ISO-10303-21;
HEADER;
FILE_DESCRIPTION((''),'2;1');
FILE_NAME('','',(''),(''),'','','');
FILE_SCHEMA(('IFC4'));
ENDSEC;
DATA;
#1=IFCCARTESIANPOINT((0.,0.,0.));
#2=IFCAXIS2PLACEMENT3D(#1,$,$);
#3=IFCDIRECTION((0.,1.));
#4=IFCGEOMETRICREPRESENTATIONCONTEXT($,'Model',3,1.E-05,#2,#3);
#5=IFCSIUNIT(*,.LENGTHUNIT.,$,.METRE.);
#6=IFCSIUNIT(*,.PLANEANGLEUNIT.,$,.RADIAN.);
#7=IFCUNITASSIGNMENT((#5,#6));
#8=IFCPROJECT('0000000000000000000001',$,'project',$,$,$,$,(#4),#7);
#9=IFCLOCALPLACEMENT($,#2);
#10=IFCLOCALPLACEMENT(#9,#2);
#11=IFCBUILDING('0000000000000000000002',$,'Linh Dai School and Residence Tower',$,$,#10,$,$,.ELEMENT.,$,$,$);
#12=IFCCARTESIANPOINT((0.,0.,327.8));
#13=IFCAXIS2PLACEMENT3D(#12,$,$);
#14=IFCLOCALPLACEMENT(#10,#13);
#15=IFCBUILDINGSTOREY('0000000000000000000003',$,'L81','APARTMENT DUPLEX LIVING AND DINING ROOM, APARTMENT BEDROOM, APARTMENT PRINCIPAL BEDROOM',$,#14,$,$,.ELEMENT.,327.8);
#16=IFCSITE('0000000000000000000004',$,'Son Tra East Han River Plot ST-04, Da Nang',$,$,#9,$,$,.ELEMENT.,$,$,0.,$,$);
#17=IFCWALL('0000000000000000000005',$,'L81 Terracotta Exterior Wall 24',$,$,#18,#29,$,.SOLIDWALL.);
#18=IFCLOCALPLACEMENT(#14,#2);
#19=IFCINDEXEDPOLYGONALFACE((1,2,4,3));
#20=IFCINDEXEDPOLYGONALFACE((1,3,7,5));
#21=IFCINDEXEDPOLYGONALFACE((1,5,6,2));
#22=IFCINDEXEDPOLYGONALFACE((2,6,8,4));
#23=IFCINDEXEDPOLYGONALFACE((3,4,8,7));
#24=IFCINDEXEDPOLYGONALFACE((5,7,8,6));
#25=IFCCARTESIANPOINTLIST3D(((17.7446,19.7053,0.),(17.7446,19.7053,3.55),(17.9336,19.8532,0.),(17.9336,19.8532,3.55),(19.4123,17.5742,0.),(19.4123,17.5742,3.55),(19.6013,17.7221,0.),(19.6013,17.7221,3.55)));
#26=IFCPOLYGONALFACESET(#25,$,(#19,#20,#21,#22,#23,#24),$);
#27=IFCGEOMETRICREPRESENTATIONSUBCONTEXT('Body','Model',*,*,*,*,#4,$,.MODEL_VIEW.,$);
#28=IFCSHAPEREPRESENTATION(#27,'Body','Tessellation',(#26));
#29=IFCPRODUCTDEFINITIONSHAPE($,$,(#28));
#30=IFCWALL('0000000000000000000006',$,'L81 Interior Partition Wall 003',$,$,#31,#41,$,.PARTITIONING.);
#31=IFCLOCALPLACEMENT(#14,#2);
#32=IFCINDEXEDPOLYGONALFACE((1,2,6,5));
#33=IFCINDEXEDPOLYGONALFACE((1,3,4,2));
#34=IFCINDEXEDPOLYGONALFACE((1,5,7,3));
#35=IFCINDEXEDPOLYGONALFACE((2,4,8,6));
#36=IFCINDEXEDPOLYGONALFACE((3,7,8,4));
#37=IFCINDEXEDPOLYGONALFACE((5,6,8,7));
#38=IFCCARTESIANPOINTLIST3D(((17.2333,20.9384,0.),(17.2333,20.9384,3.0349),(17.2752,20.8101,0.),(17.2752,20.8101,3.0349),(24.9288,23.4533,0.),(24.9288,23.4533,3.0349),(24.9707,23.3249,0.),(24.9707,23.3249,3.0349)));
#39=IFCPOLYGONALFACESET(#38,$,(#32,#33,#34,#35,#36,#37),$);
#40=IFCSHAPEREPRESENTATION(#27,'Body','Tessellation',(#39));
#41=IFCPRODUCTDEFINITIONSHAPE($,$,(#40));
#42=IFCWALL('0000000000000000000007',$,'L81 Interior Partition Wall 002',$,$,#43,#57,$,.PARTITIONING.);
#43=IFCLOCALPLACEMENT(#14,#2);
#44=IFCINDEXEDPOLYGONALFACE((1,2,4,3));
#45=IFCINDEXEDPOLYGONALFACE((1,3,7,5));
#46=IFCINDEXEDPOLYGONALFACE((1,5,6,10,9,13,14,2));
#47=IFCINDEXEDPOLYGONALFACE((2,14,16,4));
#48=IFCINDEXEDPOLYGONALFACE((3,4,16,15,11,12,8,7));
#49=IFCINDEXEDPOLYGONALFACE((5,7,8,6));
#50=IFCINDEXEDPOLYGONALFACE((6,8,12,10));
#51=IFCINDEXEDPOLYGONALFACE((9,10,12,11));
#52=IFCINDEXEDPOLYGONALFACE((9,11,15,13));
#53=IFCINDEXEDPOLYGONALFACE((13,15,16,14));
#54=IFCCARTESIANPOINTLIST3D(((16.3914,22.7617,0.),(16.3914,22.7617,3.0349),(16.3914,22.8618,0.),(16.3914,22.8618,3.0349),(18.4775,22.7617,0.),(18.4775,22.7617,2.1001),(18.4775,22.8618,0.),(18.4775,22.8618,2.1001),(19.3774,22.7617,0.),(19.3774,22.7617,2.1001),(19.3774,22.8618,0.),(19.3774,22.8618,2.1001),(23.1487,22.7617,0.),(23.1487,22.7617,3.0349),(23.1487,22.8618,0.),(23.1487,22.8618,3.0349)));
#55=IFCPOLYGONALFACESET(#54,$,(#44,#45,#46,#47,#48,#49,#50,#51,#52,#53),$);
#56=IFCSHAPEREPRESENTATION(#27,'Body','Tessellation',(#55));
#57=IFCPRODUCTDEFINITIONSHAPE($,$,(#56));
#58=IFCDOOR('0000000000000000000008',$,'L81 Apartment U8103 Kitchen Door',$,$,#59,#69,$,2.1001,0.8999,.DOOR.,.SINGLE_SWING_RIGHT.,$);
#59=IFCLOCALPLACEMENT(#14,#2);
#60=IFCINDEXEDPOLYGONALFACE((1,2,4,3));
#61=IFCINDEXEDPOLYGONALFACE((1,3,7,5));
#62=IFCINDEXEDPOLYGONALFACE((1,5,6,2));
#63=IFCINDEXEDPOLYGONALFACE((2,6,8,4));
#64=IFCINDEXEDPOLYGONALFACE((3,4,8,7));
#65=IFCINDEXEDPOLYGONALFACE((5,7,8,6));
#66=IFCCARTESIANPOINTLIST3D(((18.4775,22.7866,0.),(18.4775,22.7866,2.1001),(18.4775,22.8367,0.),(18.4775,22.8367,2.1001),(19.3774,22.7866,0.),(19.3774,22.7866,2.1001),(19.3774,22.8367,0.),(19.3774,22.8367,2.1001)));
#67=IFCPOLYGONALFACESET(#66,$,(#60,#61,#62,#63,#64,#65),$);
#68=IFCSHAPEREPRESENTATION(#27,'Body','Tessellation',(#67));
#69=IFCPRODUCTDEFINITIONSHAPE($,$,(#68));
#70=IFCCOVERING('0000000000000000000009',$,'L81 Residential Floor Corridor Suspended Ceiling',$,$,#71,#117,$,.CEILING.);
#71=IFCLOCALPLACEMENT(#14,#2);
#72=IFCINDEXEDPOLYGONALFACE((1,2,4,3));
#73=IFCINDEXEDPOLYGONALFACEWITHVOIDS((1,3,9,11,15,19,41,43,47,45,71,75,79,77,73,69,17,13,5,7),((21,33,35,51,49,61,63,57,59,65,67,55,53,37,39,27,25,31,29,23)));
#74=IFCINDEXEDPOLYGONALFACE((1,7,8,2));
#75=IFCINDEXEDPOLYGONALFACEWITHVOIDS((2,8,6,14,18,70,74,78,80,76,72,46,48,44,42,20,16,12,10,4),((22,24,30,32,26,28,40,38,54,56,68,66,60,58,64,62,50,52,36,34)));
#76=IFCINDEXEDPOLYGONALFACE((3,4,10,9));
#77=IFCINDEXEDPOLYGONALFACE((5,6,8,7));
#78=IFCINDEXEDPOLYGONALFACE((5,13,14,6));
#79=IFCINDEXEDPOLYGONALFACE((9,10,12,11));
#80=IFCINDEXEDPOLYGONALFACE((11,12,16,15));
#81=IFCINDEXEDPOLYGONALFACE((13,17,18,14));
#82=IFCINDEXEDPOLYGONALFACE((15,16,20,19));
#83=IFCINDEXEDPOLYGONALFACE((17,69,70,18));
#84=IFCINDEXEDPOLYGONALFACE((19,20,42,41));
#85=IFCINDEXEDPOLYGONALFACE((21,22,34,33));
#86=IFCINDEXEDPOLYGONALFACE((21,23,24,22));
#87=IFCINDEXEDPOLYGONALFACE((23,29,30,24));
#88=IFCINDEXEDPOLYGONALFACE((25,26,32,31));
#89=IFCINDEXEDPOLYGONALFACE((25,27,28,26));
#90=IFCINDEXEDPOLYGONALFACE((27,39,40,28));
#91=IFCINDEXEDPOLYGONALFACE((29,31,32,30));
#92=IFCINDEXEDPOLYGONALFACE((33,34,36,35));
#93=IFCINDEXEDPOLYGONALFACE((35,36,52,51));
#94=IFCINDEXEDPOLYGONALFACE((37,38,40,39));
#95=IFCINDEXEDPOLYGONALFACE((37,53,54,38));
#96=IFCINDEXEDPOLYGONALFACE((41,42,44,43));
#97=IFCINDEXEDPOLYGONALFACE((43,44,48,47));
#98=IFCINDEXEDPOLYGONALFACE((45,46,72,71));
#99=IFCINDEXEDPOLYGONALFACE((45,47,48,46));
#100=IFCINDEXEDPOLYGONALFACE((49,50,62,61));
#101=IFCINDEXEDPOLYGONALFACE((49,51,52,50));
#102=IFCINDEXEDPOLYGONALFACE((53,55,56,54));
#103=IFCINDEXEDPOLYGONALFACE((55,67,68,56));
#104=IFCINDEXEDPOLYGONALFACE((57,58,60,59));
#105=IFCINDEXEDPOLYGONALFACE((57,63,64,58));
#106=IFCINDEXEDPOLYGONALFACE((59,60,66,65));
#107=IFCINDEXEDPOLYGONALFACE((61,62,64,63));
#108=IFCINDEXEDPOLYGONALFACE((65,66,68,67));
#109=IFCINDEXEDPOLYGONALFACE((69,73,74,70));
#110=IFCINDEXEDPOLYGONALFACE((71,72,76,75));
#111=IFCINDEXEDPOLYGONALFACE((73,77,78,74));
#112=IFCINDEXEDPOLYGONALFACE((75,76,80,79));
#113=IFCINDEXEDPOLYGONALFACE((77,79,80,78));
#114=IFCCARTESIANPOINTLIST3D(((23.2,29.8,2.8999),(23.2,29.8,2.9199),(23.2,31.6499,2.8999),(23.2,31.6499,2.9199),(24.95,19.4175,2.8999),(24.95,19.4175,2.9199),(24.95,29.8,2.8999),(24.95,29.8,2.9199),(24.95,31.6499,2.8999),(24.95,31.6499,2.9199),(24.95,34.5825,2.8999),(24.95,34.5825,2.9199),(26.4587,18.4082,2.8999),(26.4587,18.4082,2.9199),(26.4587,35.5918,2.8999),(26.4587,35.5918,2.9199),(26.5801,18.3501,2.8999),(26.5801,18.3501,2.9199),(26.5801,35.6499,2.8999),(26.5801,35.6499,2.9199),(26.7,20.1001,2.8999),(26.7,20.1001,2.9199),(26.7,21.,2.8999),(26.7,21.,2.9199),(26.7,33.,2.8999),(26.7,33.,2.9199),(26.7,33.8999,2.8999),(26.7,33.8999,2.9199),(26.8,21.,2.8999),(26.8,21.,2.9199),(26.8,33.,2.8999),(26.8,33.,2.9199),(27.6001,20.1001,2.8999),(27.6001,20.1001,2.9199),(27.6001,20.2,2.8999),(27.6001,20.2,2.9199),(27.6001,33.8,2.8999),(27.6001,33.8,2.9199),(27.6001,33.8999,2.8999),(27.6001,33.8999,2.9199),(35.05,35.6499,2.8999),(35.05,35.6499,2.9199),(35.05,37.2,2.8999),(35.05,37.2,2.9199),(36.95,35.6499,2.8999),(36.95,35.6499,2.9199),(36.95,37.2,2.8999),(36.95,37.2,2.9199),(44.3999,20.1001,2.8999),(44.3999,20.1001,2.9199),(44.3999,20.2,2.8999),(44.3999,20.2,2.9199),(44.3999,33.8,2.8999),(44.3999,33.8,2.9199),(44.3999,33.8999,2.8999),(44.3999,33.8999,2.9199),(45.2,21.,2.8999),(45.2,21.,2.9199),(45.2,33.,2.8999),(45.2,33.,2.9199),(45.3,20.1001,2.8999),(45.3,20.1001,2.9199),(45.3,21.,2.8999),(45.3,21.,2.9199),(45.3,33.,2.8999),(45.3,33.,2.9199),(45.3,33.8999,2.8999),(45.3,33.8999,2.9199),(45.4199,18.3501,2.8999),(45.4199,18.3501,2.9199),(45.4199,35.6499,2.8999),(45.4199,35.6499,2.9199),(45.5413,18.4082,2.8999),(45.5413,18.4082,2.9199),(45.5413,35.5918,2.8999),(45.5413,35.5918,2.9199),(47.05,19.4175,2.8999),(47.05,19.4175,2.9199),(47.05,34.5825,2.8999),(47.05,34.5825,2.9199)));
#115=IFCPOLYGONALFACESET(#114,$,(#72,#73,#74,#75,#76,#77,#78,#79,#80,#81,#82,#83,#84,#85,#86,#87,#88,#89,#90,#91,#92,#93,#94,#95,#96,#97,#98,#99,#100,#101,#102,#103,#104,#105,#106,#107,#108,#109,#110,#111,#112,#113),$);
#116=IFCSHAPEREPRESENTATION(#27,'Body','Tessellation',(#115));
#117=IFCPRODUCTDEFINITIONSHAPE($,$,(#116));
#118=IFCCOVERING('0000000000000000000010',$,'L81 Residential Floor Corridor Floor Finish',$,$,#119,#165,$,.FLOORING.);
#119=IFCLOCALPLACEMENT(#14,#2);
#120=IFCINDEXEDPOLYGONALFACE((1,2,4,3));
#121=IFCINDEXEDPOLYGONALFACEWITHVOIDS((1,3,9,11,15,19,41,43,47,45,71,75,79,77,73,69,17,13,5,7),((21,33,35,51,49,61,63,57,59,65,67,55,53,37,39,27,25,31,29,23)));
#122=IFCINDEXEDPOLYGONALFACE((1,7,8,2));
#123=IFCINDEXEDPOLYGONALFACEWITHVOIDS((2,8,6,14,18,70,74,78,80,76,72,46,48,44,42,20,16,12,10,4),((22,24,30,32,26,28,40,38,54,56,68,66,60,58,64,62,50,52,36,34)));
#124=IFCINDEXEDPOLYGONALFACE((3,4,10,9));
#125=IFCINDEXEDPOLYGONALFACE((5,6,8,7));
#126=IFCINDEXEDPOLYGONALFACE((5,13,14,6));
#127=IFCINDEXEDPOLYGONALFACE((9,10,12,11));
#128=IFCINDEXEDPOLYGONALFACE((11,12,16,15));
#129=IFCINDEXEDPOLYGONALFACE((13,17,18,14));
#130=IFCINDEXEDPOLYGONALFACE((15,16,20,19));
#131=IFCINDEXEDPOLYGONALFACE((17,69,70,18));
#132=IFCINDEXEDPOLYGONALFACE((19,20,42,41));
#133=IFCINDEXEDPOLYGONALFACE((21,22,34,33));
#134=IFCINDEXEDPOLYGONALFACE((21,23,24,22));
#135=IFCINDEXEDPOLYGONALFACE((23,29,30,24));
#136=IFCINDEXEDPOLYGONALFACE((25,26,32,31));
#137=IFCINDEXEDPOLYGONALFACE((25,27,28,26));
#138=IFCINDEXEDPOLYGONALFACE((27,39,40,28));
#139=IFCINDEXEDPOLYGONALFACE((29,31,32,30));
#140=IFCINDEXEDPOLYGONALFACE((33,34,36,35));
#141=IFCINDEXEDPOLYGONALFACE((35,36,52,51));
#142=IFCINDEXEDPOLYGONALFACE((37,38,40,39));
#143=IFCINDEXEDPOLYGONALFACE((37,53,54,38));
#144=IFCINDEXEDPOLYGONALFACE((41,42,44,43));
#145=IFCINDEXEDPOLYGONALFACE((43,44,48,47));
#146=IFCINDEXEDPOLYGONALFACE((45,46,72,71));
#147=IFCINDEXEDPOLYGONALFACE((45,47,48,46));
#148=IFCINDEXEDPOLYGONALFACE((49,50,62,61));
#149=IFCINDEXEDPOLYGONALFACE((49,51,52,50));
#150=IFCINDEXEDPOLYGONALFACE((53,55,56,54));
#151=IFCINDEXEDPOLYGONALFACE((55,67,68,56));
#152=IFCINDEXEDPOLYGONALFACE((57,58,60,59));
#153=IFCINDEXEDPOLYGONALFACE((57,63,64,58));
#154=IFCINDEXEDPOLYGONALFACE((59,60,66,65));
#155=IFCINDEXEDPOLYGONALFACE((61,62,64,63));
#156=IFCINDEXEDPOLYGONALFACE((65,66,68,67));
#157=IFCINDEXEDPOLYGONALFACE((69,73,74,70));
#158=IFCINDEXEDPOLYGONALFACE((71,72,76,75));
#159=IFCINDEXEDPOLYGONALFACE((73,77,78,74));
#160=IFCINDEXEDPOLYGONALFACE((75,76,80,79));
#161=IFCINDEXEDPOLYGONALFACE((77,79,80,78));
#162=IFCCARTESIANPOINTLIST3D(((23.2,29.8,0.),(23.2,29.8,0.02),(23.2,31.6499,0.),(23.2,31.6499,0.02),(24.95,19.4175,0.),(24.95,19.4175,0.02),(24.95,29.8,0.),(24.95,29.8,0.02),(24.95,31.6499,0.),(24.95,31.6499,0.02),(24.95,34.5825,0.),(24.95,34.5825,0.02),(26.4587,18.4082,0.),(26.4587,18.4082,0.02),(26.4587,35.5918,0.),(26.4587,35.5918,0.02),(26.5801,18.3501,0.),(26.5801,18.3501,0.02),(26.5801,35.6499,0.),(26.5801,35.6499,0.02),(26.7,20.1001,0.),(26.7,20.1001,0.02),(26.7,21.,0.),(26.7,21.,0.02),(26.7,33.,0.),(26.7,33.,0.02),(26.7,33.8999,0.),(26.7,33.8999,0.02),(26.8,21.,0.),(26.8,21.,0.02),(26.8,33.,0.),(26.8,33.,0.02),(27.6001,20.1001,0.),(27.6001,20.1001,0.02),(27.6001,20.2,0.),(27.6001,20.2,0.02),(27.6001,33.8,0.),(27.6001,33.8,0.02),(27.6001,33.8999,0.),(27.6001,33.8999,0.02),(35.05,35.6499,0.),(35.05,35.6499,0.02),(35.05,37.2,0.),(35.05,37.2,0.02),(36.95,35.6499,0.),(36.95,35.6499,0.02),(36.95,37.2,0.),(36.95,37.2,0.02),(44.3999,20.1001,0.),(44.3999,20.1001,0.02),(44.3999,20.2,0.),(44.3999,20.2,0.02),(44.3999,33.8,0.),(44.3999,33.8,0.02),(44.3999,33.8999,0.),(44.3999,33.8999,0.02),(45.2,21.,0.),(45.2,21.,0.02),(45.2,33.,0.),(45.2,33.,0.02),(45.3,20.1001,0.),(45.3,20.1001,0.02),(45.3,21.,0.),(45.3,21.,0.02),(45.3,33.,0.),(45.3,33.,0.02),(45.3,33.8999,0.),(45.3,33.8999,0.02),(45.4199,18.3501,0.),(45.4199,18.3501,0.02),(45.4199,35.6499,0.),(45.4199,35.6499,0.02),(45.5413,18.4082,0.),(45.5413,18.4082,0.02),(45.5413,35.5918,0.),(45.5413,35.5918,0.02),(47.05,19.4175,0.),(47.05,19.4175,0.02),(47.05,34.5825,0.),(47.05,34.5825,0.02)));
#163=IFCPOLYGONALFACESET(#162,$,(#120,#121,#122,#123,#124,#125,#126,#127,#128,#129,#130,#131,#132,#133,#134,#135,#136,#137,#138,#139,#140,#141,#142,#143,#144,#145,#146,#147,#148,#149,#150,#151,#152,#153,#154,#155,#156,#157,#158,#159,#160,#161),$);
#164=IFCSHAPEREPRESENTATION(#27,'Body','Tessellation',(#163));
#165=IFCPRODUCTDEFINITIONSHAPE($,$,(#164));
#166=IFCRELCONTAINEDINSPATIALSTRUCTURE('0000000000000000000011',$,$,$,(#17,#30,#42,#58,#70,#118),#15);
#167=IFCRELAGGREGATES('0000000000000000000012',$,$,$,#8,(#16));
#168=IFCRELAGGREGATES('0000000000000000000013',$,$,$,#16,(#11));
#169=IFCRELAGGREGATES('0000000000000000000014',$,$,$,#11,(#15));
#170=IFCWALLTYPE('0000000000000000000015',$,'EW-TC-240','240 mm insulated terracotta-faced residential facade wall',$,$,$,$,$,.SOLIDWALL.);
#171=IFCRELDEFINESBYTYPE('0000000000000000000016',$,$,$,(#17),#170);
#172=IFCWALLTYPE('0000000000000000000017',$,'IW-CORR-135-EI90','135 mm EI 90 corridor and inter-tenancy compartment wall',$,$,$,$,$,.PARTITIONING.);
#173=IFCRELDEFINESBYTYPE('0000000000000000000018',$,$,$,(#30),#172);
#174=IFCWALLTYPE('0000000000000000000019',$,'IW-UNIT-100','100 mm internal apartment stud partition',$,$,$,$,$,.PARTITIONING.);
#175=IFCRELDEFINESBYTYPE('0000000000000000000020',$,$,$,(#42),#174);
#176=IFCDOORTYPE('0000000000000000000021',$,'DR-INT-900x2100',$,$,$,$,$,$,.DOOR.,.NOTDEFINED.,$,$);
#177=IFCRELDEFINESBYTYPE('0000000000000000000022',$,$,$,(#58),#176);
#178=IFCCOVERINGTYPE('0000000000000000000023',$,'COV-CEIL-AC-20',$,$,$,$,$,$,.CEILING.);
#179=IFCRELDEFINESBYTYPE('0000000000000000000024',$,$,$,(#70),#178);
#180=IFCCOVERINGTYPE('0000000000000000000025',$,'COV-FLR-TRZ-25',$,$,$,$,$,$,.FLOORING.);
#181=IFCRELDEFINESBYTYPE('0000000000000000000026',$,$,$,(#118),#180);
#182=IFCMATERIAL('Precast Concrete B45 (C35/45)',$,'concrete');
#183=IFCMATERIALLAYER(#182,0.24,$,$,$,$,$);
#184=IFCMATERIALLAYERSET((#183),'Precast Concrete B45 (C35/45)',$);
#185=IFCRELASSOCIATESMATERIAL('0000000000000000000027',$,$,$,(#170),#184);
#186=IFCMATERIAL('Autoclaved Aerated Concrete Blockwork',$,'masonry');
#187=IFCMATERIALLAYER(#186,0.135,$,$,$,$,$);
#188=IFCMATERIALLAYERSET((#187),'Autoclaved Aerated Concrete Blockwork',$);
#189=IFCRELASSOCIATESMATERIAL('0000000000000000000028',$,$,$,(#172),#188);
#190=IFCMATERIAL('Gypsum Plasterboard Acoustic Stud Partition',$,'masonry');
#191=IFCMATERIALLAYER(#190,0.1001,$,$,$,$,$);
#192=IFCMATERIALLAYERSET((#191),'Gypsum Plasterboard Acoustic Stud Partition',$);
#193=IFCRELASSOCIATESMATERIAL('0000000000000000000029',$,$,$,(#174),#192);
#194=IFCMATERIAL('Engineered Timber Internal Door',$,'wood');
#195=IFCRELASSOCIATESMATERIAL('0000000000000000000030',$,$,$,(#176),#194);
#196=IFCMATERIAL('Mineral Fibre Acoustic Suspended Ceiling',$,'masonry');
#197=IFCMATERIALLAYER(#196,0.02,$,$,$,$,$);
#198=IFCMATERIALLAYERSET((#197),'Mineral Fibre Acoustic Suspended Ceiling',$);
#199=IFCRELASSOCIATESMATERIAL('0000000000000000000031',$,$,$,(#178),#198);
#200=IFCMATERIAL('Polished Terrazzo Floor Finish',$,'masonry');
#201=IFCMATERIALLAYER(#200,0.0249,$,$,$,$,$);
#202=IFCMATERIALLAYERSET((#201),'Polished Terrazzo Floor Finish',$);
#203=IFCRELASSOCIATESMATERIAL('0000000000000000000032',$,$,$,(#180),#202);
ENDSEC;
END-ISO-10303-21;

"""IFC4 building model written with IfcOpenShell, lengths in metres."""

from ifc_helpers import new_model, si_unit, direction, frame, frame_2d, origin, origin_2d, place, context, subcontext, project, spatial, polyline, rectangle, outline, extrude, source, transform, mapped, material, layer, layer_set, type_object, element, fill, save


model = new_model("IFC4")

# Units and contexts
model_context = context("Model", 3, precision=1e-05, world=origin(), true_north=direction((0.0, 1.0)))
body_context = subcontext(model_context, "Body", "Model", "MODEL_VIEW")
ifc_project = project(units=[si_unit("LENGTHUNIT", "METRE"), si_unit("PLANEANGLEUNIT", "RADIAN")], contexts=[model_context])

# Site, building, storey
site_placement = place(None, origin())
site = spatial("IfcSite", under=ifc_project, at=site_placement, Name="Son Tra East Han River Plot ST-04, Da Nang", CompositionType="ELEMENT", RefElevation=0.0)
building_placement = place(site_placement, origin())
building = spatial("IfcBuilding", under=site, at=building_placement, Name="Linh Dai School and Residence Tower", CompositionType="ELEMENT")
storey_placement = place(building_placement, frame((0.0, 0.0, 327.8)))
storey = spatial("IfcBuildingStorey", under=building, at=storey_placement, Name="L81", Description="APARTMENT DUPLEX LIVING AND DINING ROOM, APARTMENT BEDROOM, APARTMENT PRINCIPAL BEDROOM", CompositionType="ELEMENT", Elevation=327.8)

# Shared definitions
ifc_material_1 = material(Name="Precast Concrete B45 (C35/45)", Category="concrete")

# Shared definitions
ifc_layer_1 = layer(ifc_material_1, 0.24)
ifc_layer_set_1 = layer_set([ifc_layer_1], Name="Precast Concrete B45 (C35/45)")
wall_type_1 = type_object("IfcWallType", Name="EW-TC-240", Description="240 mm insulated terracotta-faced residential facade wall", PredefinedType="SOLIDWALL", material=ifc_layer_set_1)

# Walls
wall_1_placement = place(storey_placement, frame((19.5068, 17.6482, 0.0), z_axis=(0.0, 0.0, 1.0), x_axis=(-0.616286, 0.787522, 0.0)))
element("IfcWall", 1, at=wall_1_placement, inside=storey, type_object=wall_type_1, Name="L81 Terracotta Exterior Wall 24", PredefinedType="SOLIDWALL", context=body_context, shape_type="SweptSolid", body=[
    extrude(rectangle(XDim=2.7061, YDim=0.24, at=frame_2d((1.353, 0.0))), origin(), (0.0, 0.0, 1.0), 3.55),
])
ifc_material_2 = material(Name="Autoclaved Aerated Concrete Blockwork", Category="masonry")
ifc_layer_2 = layer(ifc_material_2, 0.135)
ifc_layer_set_2 = layer_set([ifc_layer_2], Name="Autoclaved Aerated Concrete Blockwork")
wall_type_2 = type_object("IfcWallType", Name="IW-CORR-135-EI90", Description="135 mm EI 90 corridor and inter-tenancy compartment wall", PredefinedType="PARTITIONING", material=ifc_layer_set_2)
wall_2_placement = place(storey_placement, frame((17.2544, 20.8743, 0.0), z_axis=(0.0, 0.0, 1.0), x_axis=(0.95053, 0.310631, 0.0)))
element("IfcWall", 2, at=wall_2_placement, inside=storey, type_object=wall_type_2, Name="L81 Interior Partition Wall 003", PredefinedType="PARTITIONING", context=body_context, shape_type="SweptSolid", body=[
    extrude(rectangle(XDim=8.0959, YDim=0.135, at=frame_2d((4.0479, 0.0))), origin(), (0.0, 0.0, 1.0), 3.0349),
])

# Wall, opening, door
ifc_material_3 = material(Name="Gypsum Plasterboard Acoustic Stud Partition", Category="masonry")
ifc_layer_3 = layer(ifc_material_3, 0.1001)
ifc_layer_set_3 = layer_set([ifc_layer_3], Name="Gypsum Plasterboard Acoustic Stud Partition")
wall_type_3 = type_object("IfcWallType", Name="IW-UNIT-100", Description="100 mm internal apartment stud partition", PredefinedType="PARTITIONING", material=ifc_layer_set_3)
wall_3_placement = place(storey_placement, frame((16.3914, 22.8118, 0.0), z_axis=(0.0, 0.0, 1.0), x_axis=(1.0, 0.0, 0.0)))
wall_3 = element("IfcWall", 3, at=wall_3_placement, inside=storey, type_object=wall_type_3, Name="L81 Interior Partition Wall 002", PredefinedType="PARTITIONING", context=body_context, shape_type="SweptSolid", body=[
    extrude(rectangle(XDim=6.7573, YDim=0.1001, at=frame_2d((3.3787, 0.0))), origin(), (0.0, 0.0, 1.0), 3.0349),
])
opening_1_placement = place(wall_3_placement, frame((2.0862, 0.0, 0.0)))
opening_1 = element("IfcOpeningElement", 4, at=opening_1_placement, cuts=wall_3, PredefinedType="OPENING", context=body_context, shape_type="SweptSolid", body=[
    extrude(rectangle(XDim=0.8999, YDim=2.1001, at=origin_2d()), frame((0.45, 0.0601, 1.05), z_axis=(0.0, -1.0, 0.0), x_axis=(1.0, 0.0, 0.0)), (0.0, 0.0, 1.0), 0.1201),
])
ifc_material_4 = material(Name="Engineered Timber Internal Door", Category="wood")
door_type_1 = type_object("IfcDoorType", Name="DR-INT-900x2100", OperationType="NOTDEFINED", PredefinedType="DOOR", material=ifc_material_4)
shared_shape_1 = source(origin(), body_context, "Body", "SweptSolid", [
    extrude(rectangle(XDim=0.8999, YDim=2.1001, at=origin_2d()), frame((0.45, 0.0249, 1.05), z_axis=(0.0, -1.0, 0.0), x_axis=(1.0, 0.0, 0.0)), (0.0, 0.0, 1.0), 0.05),
])
door_1_placement = place(opening_1_placement, origin())
door_1 = element("IfcDoor", 5, at=door_1_placement, inside=storey, type_object=door_type_1, Name="L81 Apartment U8103 Kitchen Door", OperationType="SINGLE_SWING_RIGHT", OverallHeight=2.1001, OverallWidth=0.8999, PredefinedType="DOOR", context=body_context, shape_type="MappedRepresentation", body=[
    mapped(shared_shape_1, transform((0.0, 0.0, 0.0), x_axis=(1.0, 0.0, 0.0), y_axis=(0.0, 1.0, 0.0), z_axis=(0.0, 0.0, 1.0), scale=1.0)),
])
fill(opening_1, door_1)

# Coverings
ifc_material_5 = material(Name="Mineral Fibre Acoustic Suspended Ceiling", Category="masonry")
ifc_layer_4 = layer(ifc_material_5, 0.02)
ifc_layer_set_4 = layer_set([ifc_layer_4], Name="Mineral Fibre Acoustic Suspended Ceiling")
covering_type_1 = type_object("IfcCoveringType", Name="COV-CEIL-AC-20", PredefinedType="CEILING", material=ifc_layer_set_4)
covering_1_placement = place(storey_placement, frame((0.0, 0.0, 2.8999)))
element("IfcCovering", 6, at=covering_1_placement, inside=storey, type_object=covering_type_1, Name="L81 Residential Floor Corridor Suspended Ceiling", PredefinedType="CEILING", context=body_context, shape_type="SweptSolid", body=[
    extrude(outline(polyline([(23.2, 31.6499), (24.95, 31.6499), (24.95, 34.5825), (26.4587, 35.5918), (26.5801, 35.6499), (35.05, 35.6499), (35.05, 37.2), (36.95, 37.2), (36.95, 35.6499), (45.4199, 35.6499), (45.5413, 35.5918), (47.05, 34.5825), (47.05, 19.4175), (45.5413, 18.4082), (45.4199, 18.3501), (26.5801, 18.3501), (26.4587, 18.4082), (24.95, 19.4175), (24.95, 29.8), (23.2, 29.8), (23.2, 31.6499)]), holes=[polyline([(27.6001, 33.8), (27.6001, 33.8999), (26.7, 33.8999), (26.7, 33.0), (26.8, 33.0), (26.8, 21.0), (26.7, 21.0), (26.7, 20.1001), (27.6001, 20.1001), (27.6001, 20.2), (44.3999, 20.2), (44.3999, 20.1001), (45.3, 20.1001), (45.3, 21.0), (45.2, 21.0), (45.2, 33.0), (45.3, 33.0), (45.3, 33.8999), (44.3999, 33.8999), (44.3999, 33.8), (27.6001, 33.8)])]), origin(), (0.0, 0.0, 1.0), 0.02),
])
ifc_material_6 = material(Name="Polished Terrazzo Floor Finish", Category="masonry")
ifc_layer_5 = layer(ifc_material_6, 0.0249)
ifc_layer_set_5 = layer_set([ifc_layer_5], Name="Polished Terrazzo Floor Finish")
covering_type_2 = type_object("IfcCoveringType", Name="COV-FLR-TRZ-25", PredefinedType="FLOORING", material=ifc_layer_set_5)
covering_2_placement = place(storey_placement, origin())
element("IfcCovering", 7, at=covering_2_placement, inside=storey, type_object=covering_type_2, Name="L81 Residential Floor Corridor Floor Finish", PredefinedType="FLOORING", context=body_context, shape_type="SweptSolid", body=[
    extrude(outline(polyline([(23.2, 31.6499), (24.95, 31.6499), (24.95, 34.5825), (26.4587, 35.5918), (26.5801, 35.6499), (35.05, 35.6499), (35.05, 37.2), (36.95, 37.2), (36.95, 35.6499), (45.4199, 35.6499), (45.5413, 35.5918), (47.05, 34.5825), (47.05, 19.4175), (45.5413, 18.4082), (45.4199, 18.3501), (26.5801, 18.3501), (26.4587, 18.4082), (24.95, 19.4175), (24.95, 29.8), (23.2, 29.8), (23.2, 31.6499)]), holes=[polyline([(27.6001, 33.8), (27.6001, 33.8999), (26.7, 33.8999), (26.7, 33.0), (26.8, 33.0), (26.8, 21.0), (26.7, 21.0), (26.7, 20.1001), (27.6001, 20.1001), (27.6001, 20.2), (44.3999, 20.2), (44.3999, 20.1001), (45.3, 20.1001), (45.3, 21.0), (45.2, 21.0), (45.2, 33.0), (45.3, 33.0), (45.3, 33.8999), (44.3999, 33.8999), (44.3999, 33.8), (27.6001, 33.8)])]), origin(), (0.0, 0.0, 1.0), 0.02),
])

save(model, "model.ifc")
